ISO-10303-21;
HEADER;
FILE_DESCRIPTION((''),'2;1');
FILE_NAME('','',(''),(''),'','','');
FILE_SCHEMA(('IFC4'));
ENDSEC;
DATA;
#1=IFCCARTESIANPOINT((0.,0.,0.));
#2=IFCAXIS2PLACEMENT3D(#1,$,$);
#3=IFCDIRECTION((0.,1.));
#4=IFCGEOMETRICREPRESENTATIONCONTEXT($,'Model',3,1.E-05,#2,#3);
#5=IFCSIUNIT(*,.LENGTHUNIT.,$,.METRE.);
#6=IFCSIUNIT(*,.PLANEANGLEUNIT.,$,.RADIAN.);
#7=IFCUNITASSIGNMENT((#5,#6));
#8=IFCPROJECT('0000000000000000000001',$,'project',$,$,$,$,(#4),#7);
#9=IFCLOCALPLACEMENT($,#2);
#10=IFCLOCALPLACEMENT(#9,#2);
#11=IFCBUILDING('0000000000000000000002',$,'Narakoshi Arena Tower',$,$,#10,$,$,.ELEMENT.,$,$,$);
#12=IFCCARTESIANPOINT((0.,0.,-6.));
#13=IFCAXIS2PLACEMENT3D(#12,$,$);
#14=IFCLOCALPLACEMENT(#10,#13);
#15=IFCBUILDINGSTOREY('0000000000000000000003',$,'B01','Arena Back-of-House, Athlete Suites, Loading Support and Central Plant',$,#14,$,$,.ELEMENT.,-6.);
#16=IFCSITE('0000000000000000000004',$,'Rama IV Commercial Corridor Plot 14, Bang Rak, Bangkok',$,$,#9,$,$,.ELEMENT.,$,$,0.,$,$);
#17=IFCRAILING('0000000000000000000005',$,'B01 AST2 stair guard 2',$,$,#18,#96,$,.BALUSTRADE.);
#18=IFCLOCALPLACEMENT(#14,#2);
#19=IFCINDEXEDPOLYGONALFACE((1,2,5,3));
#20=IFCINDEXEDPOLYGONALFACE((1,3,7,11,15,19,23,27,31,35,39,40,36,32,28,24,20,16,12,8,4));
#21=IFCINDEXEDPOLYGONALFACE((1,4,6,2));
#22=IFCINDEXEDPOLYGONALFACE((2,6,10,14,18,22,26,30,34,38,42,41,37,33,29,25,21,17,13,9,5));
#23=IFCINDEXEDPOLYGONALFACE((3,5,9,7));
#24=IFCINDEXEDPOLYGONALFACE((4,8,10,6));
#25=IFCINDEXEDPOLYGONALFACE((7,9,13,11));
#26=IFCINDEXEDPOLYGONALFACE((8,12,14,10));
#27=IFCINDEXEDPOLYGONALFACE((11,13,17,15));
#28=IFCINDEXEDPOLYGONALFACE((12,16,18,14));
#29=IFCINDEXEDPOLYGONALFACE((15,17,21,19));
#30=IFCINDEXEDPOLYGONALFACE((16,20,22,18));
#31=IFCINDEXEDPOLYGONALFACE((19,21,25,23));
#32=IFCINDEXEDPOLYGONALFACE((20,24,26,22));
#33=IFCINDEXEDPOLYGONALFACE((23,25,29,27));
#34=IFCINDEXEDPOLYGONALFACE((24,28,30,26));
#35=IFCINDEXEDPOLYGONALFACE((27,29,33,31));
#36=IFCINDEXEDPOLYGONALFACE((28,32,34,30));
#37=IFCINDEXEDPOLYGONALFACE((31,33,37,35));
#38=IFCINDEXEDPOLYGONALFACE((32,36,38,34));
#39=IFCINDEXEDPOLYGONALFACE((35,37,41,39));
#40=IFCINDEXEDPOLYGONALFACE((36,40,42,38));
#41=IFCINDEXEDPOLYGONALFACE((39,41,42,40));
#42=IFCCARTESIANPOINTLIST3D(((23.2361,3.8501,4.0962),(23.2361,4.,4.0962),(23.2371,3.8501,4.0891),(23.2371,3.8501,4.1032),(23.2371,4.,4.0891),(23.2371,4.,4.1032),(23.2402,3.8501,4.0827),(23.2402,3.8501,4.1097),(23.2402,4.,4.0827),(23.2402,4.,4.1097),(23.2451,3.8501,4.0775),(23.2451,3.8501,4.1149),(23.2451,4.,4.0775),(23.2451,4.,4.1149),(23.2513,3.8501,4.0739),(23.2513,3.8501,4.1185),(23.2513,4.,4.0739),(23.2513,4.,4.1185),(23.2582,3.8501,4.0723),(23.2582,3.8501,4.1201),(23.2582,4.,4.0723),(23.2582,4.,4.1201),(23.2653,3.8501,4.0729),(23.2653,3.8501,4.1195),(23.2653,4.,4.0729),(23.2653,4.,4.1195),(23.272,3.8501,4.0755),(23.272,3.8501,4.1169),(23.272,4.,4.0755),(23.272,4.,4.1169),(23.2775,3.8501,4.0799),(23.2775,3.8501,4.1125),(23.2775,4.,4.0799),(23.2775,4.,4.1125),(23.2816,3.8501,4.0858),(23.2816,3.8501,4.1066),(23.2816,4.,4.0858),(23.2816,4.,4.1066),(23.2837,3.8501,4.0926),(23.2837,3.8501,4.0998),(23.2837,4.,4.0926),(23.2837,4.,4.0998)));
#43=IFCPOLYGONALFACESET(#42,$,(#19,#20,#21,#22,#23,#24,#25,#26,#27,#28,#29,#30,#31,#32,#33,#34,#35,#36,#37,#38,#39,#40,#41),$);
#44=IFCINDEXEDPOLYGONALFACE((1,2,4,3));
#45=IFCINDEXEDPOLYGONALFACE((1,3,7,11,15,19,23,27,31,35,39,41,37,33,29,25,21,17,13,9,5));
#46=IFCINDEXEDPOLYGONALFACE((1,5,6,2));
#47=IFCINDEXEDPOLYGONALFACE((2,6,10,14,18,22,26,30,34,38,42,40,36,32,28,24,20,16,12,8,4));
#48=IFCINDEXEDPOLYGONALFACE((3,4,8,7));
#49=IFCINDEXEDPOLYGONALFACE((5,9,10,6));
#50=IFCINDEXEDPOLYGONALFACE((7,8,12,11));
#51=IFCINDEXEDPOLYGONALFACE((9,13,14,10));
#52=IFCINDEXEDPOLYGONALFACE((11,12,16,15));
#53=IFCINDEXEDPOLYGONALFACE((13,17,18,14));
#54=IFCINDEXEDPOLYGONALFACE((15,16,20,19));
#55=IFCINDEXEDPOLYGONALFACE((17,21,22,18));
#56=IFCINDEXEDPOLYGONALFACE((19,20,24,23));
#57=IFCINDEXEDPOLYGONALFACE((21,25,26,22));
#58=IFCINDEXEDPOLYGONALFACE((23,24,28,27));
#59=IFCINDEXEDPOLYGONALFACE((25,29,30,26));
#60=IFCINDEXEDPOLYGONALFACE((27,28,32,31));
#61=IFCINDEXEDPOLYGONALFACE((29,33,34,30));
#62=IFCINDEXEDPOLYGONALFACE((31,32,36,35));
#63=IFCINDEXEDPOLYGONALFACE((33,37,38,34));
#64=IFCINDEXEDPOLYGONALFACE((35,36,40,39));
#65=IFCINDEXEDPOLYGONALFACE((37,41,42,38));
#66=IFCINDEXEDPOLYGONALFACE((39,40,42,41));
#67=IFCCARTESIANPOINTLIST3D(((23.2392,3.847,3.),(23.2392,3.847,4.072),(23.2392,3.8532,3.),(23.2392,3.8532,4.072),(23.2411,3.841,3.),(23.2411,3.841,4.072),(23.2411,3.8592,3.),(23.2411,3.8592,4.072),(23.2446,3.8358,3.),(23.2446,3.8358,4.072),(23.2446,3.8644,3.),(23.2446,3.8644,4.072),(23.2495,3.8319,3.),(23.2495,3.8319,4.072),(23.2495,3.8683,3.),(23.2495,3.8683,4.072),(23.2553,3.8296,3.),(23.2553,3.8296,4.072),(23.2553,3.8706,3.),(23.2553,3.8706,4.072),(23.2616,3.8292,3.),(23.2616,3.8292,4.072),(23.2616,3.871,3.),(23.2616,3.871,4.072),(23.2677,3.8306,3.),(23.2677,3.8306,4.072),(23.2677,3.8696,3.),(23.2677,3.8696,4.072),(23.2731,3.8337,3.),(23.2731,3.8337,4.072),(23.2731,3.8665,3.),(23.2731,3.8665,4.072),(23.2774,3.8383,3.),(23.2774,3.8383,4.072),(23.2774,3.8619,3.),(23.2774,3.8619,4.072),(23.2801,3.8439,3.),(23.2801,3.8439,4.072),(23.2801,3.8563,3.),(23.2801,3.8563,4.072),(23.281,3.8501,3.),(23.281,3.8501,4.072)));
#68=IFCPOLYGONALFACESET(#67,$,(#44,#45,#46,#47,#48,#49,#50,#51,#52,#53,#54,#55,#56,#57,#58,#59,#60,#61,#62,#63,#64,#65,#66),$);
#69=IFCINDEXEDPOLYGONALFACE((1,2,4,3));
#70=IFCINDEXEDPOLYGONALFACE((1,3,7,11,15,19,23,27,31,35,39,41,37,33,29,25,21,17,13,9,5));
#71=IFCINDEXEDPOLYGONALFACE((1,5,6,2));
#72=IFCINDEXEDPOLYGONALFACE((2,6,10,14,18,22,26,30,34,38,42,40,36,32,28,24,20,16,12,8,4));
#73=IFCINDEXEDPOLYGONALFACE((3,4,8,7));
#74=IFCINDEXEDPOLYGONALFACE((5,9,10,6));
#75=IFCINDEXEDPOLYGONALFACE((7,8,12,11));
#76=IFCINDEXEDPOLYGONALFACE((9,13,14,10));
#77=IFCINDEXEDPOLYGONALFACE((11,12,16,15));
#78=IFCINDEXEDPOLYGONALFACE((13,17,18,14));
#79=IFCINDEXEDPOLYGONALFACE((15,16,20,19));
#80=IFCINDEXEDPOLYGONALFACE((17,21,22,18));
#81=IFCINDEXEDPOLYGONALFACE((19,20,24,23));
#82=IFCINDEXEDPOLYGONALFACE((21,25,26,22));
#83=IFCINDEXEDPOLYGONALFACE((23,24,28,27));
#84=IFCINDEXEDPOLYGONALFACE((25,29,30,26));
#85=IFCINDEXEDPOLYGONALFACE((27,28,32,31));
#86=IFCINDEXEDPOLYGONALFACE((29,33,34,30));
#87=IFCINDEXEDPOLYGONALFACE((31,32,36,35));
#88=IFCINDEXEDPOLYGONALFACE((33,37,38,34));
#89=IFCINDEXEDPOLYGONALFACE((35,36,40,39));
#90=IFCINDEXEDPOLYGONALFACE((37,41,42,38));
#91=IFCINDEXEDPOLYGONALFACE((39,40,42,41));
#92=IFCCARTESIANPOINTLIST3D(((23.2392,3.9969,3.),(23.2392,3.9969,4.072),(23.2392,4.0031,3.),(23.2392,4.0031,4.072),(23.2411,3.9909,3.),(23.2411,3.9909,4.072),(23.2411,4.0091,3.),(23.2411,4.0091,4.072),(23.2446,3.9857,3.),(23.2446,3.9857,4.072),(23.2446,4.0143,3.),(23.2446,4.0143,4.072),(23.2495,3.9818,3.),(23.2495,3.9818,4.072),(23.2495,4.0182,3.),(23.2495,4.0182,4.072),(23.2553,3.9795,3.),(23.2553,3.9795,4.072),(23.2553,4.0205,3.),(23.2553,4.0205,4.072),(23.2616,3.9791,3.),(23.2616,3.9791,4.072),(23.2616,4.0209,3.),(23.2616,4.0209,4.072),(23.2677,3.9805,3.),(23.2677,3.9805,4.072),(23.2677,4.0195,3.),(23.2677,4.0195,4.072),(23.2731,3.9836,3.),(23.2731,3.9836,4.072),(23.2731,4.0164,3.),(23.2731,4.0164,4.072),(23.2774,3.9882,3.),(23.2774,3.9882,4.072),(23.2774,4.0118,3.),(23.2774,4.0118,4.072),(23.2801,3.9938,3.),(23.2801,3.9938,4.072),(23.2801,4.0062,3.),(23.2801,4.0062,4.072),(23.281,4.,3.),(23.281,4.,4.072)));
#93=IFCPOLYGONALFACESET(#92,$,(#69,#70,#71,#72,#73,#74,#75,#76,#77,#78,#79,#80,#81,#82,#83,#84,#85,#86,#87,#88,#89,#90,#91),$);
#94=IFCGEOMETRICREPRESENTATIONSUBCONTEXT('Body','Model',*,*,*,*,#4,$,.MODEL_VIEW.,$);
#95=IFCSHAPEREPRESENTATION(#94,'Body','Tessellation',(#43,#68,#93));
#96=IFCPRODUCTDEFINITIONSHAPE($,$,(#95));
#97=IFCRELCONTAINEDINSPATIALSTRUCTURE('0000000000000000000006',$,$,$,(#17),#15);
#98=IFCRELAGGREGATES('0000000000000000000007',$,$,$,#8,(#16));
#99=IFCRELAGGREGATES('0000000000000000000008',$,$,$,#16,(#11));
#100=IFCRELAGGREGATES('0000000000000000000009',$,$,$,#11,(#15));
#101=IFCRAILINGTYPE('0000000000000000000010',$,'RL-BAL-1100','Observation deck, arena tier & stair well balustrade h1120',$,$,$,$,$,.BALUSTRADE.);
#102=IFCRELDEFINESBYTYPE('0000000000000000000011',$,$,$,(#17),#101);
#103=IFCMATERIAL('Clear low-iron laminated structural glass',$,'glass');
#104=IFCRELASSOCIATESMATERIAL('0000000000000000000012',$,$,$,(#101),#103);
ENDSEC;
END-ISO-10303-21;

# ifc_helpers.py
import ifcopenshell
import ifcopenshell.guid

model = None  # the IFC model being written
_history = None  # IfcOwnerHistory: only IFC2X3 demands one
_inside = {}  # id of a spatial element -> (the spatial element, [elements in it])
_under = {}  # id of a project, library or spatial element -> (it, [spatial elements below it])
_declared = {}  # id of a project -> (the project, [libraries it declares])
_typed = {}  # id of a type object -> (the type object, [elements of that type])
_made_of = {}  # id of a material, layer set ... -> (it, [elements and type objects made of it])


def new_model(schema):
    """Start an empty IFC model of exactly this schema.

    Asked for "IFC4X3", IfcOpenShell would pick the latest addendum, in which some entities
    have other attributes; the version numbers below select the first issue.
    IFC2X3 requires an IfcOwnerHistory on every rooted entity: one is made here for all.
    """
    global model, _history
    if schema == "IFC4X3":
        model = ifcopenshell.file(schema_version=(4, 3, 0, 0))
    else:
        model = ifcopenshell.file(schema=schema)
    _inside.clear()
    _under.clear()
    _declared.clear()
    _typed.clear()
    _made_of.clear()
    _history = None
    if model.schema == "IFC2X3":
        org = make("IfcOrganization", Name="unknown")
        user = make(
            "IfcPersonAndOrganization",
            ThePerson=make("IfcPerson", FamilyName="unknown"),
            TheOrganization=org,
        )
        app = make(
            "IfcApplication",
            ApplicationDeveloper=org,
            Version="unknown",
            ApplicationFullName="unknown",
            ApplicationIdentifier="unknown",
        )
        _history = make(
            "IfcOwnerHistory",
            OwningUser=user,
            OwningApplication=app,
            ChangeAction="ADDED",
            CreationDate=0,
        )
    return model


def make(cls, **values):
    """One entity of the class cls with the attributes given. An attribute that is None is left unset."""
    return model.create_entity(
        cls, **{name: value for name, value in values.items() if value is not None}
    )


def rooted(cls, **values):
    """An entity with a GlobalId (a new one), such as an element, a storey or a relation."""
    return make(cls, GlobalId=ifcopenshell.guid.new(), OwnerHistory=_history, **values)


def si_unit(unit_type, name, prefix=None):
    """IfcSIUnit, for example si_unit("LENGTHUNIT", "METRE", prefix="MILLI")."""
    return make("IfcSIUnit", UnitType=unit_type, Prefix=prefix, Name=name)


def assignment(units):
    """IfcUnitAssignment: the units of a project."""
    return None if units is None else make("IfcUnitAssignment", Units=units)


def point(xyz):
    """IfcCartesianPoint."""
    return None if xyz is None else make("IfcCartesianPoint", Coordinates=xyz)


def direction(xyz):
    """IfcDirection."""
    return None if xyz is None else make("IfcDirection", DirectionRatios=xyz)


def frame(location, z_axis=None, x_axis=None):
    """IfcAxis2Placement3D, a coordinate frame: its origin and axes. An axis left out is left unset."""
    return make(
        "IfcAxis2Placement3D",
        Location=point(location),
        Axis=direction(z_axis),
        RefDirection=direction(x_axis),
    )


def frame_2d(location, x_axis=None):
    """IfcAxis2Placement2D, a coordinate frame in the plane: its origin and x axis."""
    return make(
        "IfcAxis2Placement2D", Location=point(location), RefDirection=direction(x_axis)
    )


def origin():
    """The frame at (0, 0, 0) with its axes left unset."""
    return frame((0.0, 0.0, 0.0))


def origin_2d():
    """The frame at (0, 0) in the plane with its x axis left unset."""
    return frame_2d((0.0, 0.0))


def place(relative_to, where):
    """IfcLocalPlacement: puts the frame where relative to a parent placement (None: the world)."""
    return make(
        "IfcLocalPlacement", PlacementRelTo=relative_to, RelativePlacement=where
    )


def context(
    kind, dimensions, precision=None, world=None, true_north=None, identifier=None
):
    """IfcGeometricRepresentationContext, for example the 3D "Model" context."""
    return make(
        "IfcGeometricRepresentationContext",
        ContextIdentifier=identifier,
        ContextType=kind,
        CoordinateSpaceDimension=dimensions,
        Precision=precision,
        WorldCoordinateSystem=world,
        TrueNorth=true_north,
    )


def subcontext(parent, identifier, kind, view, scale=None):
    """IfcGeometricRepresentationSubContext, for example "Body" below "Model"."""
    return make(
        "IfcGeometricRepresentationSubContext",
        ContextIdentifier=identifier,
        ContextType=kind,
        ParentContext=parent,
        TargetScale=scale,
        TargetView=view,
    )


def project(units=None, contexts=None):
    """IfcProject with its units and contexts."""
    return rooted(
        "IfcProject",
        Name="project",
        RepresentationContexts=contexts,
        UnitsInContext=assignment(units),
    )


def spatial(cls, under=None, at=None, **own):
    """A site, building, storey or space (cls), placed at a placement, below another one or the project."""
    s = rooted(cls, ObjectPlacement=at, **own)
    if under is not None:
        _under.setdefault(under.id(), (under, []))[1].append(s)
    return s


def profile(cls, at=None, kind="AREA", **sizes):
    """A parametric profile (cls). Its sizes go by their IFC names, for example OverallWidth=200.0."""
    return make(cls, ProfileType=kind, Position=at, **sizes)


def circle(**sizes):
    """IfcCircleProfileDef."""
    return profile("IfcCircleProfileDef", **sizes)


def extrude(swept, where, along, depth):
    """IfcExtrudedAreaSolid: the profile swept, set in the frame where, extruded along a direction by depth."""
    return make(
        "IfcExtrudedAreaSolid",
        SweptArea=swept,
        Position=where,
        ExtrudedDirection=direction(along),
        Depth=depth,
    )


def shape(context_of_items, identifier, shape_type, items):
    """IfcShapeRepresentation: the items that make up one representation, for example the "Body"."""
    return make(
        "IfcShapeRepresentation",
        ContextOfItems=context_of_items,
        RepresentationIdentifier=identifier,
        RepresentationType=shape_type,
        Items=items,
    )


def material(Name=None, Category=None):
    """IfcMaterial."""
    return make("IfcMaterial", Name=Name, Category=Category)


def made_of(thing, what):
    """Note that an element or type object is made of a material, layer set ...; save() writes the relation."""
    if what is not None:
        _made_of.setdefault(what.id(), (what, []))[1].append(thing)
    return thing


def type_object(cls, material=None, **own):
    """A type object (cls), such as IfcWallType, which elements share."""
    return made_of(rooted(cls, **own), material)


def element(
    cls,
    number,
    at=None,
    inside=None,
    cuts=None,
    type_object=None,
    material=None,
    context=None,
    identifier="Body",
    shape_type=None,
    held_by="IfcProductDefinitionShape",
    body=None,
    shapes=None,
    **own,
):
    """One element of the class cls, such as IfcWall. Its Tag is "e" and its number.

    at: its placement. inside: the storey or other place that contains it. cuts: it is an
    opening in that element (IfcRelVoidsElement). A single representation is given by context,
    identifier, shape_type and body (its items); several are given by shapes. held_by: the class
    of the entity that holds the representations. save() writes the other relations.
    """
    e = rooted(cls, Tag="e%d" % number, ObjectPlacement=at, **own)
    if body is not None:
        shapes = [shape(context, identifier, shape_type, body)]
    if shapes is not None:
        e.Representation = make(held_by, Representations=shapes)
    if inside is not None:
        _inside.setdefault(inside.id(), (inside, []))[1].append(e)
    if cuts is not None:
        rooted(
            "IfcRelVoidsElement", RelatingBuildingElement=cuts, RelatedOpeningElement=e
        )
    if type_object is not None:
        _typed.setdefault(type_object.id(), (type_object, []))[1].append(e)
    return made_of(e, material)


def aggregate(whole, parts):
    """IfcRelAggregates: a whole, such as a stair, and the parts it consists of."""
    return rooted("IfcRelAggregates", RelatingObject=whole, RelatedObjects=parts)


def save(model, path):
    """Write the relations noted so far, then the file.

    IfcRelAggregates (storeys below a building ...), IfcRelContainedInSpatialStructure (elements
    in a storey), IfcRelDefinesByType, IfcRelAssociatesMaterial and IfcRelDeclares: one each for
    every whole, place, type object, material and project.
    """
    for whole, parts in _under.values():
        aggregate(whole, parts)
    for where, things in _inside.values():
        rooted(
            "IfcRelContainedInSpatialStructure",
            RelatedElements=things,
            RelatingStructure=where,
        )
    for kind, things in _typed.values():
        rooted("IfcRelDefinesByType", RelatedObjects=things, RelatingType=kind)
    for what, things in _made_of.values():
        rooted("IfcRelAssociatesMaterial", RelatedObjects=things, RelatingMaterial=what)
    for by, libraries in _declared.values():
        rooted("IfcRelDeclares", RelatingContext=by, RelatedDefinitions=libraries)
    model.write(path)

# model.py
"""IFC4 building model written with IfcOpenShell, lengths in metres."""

from ifc_helpers import new_model, si_unit, direction, frame, origin, origin_2d, place, context, subcontext, project, spatial, circle, extrude, material, type_object, element, save


model = new_model("IFC4")

# Units and contexts
model_context = context("Model", 3, precision=1e-05, world=origin(), true_north=direction((0.0, 1.0)))
body_context = subcontext(model_context, "Body", "Model", "MODEL_VIEW")
ifc_project = project(units=[si_unit("LENGTHUNIT", "METRE"), si_unit("PLANEANGLEUNIT", "RADIAN")], contexts=[model_context])

# Site, building, storey
site_placement = place(None, origin())
site = spatial("IfcSite", under=ifc_project, at=site_placement, Name="Rama IV Commercial Corridor Plot 14, Bang Rak, Bangkok", CompositionType="ELEMENT", RefElevation=0.0)
building_placement = place(site_placement, origin())
building = spatial("IfcBuilding", under=site, at=building_placement, Name="Narakoshi Arena Tower", CompositionType="ELEMENT")
storey_placement = place(building_placement, frame((0.0, 0.0, -6.0)))
storey = spatial("IfcBuildingStorey", under=building, at=storey_placement, Name="B01", Description="Arena Back-of-House, Athlete Suites, Loading Support and Central Plant", CompositionType="ELEMENT", Elevation=-6.0)

# Railing
ifc_material_1 = material(Name="Clear low-iron laminated structural glass", Category="glass")
railing_type_1 = type_object("IfcRailingType", Name="RL-BAL-1100", Description="Observation deck, arena tier & stair well balustrade h1120", PredefinedType="BALUSTRADE", material=ifc_material_1)
railing_1_placement = place(storey_placement, frame((23.26, 3.8501, 3.0)))
element("IfcRailing", 1, at=railing_1_placement, inside=storey, type_object=railing_type_1, Name="B01 AST2 stair guard 2", PredefinedType="BALUSTRADE", context=body_context, shape_type="SweptSolid", body=[
    extrude(circle(Radius=0.0239, at=origin_2d()), frame((0.0, 0.0, 1.0962), z_axis=(0.0, 1.0, 0.0), x_axis=(-1.0, 0.0, 0.0)), (0.0, 0.0, 1.0), 0.1499),
    extrude(circle(Radius=0.021, at=origin_2d()), origin(), (0.0, 0.0, 1.0), 1.072),
    extrude(circle(Radius=0.021, at=origin_2d()), frame((0.0, 0.1499, 0.0)), (0.0, 0.0, 1.0), 1.072),
])

save(model, "model.ifc")
